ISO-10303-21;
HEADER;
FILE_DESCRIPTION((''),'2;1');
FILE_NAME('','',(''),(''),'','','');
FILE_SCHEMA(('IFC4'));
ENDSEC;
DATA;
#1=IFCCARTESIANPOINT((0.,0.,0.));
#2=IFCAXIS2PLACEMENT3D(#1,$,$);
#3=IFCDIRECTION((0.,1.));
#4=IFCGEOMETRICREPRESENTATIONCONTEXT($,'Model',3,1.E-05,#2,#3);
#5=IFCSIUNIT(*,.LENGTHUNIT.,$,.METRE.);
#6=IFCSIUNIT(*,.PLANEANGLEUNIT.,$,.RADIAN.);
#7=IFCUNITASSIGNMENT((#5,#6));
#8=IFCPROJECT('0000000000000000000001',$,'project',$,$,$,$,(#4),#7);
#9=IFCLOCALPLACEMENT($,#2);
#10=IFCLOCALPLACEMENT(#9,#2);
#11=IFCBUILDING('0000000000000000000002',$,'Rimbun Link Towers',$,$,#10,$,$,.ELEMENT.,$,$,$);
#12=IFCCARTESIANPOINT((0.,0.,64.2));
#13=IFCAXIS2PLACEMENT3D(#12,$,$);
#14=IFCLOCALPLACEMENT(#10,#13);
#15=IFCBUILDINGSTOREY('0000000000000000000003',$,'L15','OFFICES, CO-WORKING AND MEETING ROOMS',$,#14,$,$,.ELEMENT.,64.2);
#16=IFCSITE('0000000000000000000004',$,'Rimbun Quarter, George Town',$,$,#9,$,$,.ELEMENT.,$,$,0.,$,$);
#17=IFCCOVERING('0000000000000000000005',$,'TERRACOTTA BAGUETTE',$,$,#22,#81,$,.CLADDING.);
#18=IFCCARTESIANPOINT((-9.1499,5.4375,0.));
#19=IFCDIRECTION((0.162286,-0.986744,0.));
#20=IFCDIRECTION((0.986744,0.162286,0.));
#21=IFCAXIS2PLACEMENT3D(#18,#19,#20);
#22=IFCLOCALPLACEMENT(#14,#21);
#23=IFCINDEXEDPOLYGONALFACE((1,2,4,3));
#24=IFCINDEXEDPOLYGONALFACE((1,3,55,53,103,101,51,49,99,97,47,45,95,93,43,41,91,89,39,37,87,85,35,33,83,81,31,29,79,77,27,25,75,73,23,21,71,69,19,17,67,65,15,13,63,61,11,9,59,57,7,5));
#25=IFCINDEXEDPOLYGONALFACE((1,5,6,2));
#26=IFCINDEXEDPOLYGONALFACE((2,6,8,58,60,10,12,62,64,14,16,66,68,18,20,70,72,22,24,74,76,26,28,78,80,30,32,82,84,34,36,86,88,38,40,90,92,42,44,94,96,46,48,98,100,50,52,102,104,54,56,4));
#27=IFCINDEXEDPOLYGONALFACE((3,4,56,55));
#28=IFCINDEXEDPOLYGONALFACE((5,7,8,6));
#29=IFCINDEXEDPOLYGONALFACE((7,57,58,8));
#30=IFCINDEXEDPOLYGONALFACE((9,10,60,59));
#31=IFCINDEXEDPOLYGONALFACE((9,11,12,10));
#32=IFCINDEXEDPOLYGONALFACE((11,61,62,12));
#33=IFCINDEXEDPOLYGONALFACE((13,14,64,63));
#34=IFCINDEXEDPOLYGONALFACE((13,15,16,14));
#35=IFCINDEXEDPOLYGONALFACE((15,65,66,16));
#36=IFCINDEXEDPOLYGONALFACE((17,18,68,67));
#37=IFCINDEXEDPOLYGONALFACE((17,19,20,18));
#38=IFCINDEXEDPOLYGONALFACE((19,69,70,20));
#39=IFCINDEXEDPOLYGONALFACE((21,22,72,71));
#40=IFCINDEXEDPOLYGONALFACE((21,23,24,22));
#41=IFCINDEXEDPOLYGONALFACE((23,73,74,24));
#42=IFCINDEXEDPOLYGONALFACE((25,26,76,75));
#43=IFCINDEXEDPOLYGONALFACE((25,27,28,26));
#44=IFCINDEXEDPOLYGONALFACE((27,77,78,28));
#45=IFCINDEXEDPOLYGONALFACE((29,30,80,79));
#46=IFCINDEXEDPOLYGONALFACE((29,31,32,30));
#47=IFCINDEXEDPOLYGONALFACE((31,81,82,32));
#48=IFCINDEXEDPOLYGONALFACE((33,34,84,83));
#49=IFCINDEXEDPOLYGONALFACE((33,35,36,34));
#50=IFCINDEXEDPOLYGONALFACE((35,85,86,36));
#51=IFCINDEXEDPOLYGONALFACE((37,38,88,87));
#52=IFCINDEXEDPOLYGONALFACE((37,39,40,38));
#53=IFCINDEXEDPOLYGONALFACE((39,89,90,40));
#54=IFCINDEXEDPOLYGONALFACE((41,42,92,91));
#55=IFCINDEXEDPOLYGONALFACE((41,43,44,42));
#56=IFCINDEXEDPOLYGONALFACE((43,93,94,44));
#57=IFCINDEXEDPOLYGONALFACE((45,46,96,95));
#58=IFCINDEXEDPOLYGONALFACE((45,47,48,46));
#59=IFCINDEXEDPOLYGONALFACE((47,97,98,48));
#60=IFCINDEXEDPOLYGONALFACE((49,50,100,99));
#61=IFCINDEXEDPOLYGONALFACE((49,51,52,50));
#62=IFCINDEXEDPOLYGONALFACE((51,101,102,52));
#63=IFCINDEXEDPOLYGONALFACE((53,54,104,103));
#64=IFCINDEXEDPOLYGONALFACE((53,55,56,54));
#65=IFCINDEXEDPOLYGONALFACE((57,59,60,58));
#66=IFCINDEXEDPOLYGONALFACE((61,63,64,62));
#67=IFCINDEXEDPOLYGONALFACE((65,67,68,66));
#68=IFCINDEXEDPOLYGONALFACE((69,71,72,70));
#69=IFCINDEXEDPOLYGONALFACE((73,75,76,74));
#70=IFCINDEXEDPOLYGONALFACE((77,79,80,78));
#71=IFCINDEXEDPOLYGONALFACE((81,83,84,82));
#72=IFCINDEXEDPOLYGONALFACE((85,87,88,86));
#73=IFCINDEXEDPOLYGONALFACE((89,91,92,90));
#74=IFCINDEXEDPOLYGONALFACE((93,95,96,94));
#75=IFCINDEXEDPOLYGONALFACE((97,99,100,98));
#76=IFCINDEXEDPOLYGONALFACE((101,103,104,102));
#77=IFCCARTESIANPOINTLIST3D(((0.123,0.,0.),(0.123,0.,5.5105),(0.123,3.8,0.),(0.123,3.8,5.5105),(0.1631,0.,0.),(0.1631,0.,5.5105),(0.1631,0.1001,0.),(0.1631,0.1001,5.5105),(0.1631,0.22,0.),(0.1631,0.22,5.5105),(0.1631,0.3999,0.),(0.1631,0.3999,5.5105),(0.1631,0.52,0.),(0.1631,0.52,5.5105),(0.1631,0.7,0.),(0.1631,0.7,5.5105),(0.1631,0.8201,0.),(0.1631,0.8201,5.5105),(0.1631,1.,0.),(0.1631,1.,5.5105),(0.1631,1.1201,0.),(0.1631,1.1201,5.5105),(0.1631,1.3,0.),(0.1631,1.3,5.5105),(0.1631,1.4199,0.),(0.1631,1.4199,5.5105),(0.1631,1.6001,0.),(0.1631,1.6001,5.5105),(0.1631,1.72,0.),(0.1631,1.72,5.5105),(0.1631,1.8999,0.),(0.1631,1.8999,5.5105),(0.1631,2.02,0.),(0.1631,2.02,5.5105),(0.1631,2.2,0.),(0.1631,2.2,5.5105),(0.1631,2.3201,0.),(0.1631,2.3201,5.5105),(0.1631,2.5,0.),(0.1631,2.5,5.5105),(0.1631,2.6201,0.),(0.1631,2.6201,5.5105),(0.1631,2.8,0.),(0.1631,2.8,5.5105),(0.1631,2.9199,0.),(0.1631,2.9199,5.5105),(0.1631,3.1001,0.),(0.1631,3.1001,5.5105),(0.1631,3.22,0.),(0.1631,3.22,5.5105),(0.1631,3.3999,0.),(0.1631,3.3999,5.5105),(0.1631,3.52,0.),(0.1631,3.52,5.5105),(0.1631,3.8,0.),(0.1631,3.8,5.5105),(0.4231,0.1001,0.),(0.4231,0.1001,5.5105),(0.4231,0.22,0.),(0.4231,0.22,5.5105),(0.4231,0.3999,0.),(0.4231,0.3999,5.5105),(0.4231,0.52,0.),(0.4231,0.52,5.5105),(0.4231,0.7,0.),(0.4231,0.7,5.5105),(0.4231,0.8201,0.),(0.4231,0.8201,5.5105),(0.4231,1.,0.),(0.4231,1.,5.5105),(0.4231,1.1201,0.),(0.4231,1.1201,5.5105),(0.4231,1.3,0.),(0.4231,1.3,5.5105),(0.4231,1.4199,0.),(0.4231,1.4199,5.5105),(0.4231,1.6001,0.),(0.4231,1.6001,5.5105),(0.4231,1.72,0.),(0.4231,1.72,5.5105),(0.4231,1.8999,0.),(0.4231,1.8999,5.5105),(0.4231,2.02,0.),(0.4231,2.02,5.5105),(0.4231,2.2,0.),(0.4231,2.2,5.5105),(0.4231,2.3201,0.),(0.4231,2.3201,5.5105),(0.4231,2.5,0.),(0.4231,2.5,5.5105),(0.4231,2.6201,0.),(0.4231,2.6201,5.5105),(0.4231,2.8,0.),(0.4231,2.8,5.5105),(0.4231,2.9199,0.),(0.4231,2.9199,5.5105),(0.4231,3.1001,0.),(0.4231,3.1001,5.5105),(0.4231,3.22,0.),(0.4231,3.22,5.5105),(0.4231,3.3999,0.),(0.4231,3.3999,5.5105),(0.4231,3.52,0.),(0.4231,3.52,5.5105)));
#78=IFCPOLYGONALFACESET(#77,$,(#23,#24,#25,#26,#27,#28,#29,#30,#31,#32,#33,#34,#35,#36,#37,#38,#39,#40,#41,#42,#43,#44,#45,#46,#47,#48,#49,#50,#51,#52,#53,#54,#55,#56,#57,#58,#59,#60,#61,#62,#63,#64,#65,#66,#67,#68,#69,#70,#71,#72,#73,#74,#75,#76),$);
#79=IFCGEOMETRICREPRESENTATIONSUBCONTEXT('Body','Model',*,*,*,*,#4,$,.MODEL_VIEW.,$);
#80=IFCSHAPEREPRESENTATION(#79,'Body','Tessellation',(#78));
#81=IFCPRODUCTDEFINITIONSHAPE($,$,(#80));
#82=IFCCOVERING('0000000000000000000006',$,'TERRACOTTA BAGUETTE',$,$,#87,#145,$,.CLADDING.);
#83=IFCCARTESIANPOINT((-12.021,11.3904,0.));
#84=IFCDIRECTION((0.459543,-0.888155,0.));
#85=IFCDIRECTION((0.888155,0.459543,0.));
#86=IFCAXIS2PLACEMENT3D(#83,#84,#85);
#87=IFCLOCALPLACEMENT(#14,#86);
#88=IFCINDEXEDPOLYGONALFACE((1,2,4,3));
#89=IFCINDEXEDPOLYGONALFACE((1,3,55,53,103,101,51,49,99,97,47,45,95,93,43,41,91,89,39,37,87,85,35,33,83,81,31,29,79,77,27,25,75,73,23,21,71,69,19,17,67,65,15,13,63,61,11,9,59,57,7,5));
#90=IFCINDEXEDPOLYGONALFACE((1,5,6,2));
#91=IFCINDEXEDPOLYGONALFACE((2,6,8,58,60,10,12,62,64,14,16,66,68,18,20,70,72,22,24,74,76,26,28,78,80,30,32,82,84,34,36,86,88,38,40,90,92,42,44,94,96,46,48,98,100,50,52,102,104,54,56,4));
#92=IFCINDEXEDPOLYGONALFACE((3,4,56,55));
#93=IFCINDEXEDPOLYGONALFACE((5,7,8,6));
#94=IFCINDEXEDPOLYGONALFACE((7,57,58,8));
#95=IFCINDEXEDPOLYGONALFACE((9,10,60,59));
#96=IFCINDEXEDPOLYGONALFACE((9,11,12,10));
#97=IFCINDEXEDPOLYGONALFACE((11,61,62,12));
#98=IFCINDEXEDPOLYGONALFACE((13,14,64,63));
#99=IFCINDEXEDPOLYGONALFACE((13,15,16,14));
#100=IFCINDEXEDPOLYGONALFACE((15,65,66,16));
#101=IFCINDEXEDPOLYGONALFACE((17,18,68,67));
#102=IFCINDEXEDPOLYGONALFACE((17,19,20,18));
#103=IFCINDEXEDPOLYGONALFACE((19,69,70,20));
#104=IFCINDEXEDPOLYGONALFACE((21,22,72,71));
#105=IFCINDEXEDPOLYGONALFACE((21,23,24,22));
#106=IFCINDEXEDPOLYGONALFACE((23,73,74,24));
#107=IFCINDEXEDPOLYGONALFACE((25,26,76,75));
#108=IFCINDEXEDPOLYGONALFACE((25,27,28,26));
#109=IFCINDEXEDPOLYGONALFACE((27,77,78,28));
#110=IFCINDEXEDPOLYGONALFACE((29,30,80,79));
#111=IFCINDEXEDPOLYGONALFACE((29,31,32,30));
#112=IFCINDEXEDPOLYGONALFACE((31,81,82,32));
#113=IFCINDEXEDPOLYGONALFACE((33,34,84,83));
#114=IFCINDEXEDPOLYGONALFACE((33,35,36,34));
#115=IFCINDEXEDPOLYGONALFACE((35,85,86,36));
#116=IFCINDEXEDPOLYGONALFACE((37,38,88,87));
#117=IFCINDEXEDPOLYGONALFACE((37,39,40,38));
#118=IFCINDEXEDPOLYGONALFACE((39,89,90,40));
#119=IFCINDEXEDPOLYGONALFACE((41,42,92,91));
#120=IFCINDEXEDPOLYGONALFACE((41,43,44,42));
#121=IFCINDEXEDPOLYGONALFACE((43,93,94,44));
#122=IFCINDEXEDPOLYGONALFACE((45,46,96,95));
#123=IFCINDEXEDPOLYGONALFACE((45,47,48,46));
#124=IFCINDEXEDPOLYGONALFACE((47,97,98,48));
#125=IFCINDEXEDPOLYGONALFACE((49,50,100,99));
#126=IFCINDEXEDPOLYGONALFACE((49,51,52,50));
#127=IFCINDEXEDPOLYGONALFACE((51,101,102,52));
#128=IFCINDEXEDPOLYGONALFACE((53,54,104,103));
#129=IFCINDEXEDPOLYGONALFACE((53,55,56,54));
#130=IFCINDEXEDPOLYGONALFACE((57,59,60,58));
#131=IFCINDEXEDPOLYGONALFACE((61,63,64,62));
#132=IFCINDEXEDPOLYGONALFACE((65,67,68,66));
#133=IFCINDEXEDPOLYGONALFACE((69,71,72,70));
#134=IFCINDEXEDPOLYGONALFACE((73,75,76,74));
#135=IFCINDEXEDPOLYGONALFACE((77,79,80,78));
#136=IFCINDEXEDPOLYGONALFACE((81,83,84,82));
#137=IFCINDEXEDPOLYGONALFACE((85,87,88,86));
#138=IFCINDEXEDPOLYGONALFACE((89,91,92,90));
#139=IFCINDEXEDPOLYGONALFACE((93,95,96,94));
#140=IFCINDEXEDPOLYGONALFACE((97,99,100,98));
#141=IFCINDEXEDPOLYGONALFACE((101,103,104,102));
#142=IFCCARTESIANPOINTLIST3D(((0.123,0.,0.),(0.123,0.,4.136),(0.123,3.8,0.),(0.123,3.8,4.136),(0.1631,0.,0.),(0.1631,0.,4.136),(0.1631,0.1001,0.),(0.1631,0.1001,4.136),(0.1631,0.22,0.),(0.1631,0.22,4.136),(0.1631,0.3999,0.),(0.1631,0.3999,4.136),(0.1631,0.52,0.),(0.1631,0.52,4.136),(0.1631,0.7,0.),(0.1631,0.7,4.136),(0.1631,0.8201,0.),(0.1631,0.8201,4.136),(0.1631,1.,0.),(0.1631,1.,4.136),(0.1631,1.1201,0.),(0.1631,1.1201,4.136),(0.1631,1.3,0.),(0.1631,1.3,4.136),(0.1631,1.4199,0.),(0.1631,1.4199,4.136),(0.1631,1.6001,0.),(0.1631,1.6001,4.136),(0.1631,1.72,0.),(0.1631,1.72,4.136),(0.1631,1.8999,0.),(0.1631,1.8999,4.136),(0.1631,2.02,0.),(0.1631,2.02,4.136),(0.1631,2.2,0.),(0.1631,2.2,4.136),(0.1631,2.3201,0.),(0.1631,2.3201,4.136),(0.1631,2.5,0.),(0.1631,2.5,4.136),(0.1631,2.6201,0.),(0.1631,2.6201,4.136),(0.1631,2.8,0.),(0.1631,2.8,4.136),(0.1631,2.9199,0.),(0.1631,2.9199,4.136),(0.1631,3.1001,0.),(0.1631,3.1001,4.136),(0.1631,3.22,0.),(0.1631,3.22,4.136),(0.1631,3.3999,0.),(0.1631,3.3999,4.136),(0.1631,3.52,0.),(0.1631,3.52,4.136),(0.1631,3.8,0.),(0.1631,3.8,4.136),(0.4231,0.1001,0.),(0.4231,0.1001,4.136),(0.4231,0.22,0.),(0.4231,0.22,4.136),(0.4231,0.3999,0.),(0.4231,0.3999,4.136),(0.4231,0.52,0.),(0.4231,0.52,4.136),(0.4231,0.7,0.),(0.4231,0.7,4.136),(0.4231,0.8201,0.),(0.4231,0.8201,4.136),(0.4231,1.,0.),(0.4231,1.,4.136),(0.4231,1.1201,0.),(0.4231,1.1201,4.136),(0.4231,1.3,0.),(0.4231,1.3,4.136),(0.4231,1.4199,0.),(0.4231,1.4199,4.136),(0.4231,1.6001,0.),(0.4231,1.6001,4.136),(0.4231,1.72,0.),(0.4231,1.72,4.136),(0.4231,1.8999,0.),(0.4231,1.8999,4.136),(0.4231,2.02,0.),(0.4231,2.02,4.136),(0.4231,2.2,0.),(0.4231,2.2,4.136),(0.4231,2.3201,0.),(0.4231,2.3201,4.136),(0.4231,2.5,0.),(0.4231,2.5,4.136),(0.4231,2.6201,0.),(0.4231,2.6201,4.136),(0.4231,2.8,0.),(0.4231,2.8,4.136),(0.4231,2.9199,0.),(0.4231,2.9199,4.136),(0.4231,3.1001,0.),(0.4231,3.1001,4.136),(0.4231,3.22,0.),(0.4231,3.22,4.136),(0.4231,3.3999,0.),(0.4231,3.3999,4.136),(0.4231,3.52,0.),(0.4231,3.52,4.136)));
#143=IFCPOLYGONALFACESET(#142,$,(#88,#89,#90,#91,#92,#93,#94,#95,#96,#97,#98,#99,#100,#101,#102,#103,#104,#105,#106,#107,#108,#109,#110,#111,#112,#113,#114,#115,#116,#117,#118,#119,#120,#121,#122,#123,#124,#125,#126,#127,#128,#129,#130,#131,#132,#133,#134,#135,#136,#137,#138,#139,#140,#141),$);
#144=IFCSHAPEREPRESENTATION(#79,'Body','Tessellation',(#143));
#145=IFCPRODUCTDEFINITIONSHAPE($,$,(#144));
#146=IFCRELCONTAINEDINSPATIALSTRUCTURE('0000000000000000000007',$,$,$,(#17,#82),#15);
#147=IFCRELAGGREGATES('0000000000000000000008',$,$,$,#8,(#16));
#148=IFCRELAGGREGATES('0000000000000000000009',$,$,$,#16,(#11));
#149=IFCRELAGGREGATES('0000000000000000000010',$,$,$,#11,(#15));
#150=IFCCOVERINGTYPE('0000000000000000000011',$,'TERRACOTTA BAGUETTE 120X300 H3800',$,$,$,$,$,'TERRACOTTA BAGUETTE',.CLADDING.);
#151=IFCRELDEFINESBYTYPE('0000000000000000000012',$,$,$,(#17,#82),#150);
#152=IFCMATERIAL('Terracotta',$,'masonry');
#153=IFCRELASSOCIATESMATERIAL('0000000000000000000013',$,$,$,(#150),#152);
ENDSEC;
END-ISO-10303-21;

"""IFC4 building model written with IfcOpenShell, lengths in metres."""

from ifc_helpers import new_model, si_unit, direction, frame, origin, place, context, subcontext, project, spatial, polyline, outline, extrude, material, material_profile, profile_set, type_object, element, save


model = new_model("IFC4")

# Units and contexts
model_context = context("Model", 3, precision=1e-05, world=origin(), true_north=direction((0.0, 1.0)))
body_context = subcontext(model_context, "Body", "Model", "MODEL_VIEW")
ifc_project = project(units=[si_unit("LENGTHUNIT", "METRE"), si_unit("PLANEANGLEUNIT", "RADIAN")], contexts=[model_context])

# Site, building, storey
site_placement = place(None, origin())
site = spatial("IfcSite", under=ifc_project, at=site_placement, Name="Rimbun Quarter, George Town", CompositionType="ELEMENT", RefElevation=0.0)
building_placement = place(site_placement, origin())
building = spatial("IfcBuilding", under=site, at=building_placement, Name="Rimbun Link Towers", CompositionType="ELEMENT")
storey_placement = place(building_placement, frame((0.0, 0.0, 64.2)))
storey = spatial("IfcBuildingStorey", under=building, at=storey_placement, Name="L15", Description="OFFICES, CO-WORKING AND MEETING ROOMS", CompositionType="ELEMENT", Elevation=64.2)

# Coverings
ifc_material_1 = material(Name="Terracotta", Category="masonry")
ifc_material_profile_1 = material_profile(ifc_material_1, outline(polyline([(0.123, 0.0), (0.1631, 0.0), (0.1631, 0.1001), (0.4231, 0.1001), (0.4231, 0.22), (0.1631, 0.22), (0.1631, 0.3999), (0.4231, 0.3999), (0.4231, 0.52), (0.1631, 0.52), (0.1631, 0.7), (0.4231, 0.7), (0.4231, 0.8201), (0.1631, 0.8201), (0.1631, 1.0), (0.4231, 1.0), (0.4231, 1.1201), (0.1631, 1.1201), (0.1631, 1.3), (0.4231, 1.3), (0.4231, 1.4199), (0.1631, 1.4199), (0.1631, 1.6001), (0.4231, 1.6001), (0.4231, 1.72), (0.1631, 1.72), (0.1631, 1.8999), (0.4231, 1.8999), (0.4231, 2.02), (0.1631, 2.02), (0.1631, 2.2), (0.4231, 2.2), (0.4231, 2.3201), (0.1631, 2.3201), (0.1631, 2.5), (0.4231, 2.5), (0.4231, 2.6201), (0.1631, 2.6201), (0.1631, 2.8), (0.4231, 2.8), (0.4231, 2.9199), (0.1631, 2.9199), (0.1631, 3.1001), (0.4231, 3.1001), (0.4231, 3.22), (0.1631, 3.22), (0.1631, 3.3999), (0.4231, 3.3999), (0.4231, 3.52), (0.1631, 3.52), (0.1631, 3.8), (0.123, 3.8), (0.123, 0.0)])), Name="BAGUETTE 120X300")
ifc_profile_set_1 = profile_set([ifc_material_profile_1], Name="Terracotta")
covering_type_1 = type_object("IfcCoveringType", Name="TERRACOTTA BAGUETTE 120X300 H3800", ElementType="TERRACOTTA BAGUETTE", PredefinedType="CLADDING", material=ifc_profile_set_1)
covering_1_placement = place(storey_placement, frame((-9.1499, 5.4375, 0.0), z_axis=(0.162286, -0.986744, 0.0), x_axis=(0.986744, 0.162286, 0.0)))
element("IfcCovering", 1, at=covering_1_placement, inside=storey, type_object=covering_type_1, Name="TERRACOTTA BAGUETTE", PredefinedType="CLADDING", context=body_context, shape_type="SweptSolid", body=[
    extrude(outline(polyline([(0.123, 0.0), (0.1631, 0.0), (0.1631, 0.1001), (0.4231, 0.1001), (0.4231, 0.22), (0.1631, 0.22), (0.1631, 0.3999), (0.4231, 0.3999), (0.4231, 0.52), (0.1631, 0.52), (0.1631, 0.7), (0.4231, 0.7), (0.4231, 0.8201), (0.1631, 0.8201), (0.1631, 1.0), (0.4231, 1.0), (0.4231, 1.1201), (0.1631, 1.1201), (0.1631, 1.3), (0.4231, 1.3), (0.4231, 1.4199), (0.1631, 1.4199), (0.1631, 1.6001), (0.4231, 1.6001), (0.4231, 1.72), (0.1631, 1.72), (0.1631, 1.8999), (0.4231, 1.8999), (0.4231, 2.02), (0.1631, 2.02), (0.1631, 2.2), (0.4231, 2.2), (0.4231, 2.3201), (0.1631, 2.3201), (0.1631, 2.5), (0.4231, 2.5), (0.4231, 2.6201), (0.1631, 2.6201), (0.1631, 2.8), (0.4231, 2.8), (0.4231, 2.9199), (0.1631, 2.9199), (0.1631, 3.1001), (0.4231, 3.1001), (0.4231, 3.22), (0.1631, 3.22), (0.1631, 3.3999), (0.4231, 3.3999), (0.4231, 3.52), (0.1631, 3.52), (0.1631, 3.8), (0.123, 3.8), (0.123, 0.0)])), origin(), (0.0, 0.0, 1.0), 5.5105),
])
covering_2_placement = place(storey_placement, frame((-12.021, 11.3904, 0.0), z_axis=(0.459543, -0.888155, 0.0), x_axis=(0.888155, 0.459543, 0.0)))
element("IfcCovering", 2, at=covering_2_placement, inside=storey, type_object=covering_type_1, Name="TERRACOTTA BAGUETTE", PredefinedType="CLADDING", context=body_context, shape_type="SweptSolid", body=[
    extrude(outline(polyline([(0.123, 0.0), (0.1631, 0.0), (0.1631, 0.1001), (0.4231, 0.1001), (0.4231, 0.22), (0.1631, 0.22), (0.1631, 0.3999), (0.4231, 0.3999), (0.4231, 0.52), (0.1631, 0.52), (0.1631, 0.7), (0.4231, 0.7), (0.4231, 0.8201), (0.1631, 0.8201), (0.1631, 1.0), (0.4231, 1.0), (0.4231, 1.1201), (0.1631, 1.1201), (0.1631, 1.3), (0.4231, 1.3), (0.4231, 1.4199), (0.1631, 1.4199), (0.1631, 1.6001), (0.4231, 1.6001), (0.4231, 1.72), (0.1631, 1.72), (0.1631, 1.8999), (0.4231, 1.8999), (0.4231, 2.02), (0.1631, 2.02), (0.1631, 2.2), (0.4231, 2.2), (0.4231, 2.3201), (0.1631, 2.3201), (0.1631, 2.5), (0.4231, 2.5), (0.4231, 2.6201), (0.1631, 2.6201), (0.1631, 2.8), (0.4231, 2.8), (0.4231, 2.9199), (0.1631, 2.9199), (0.1631, 3.1001), (0.4231, 3.1001), (0.4231, 3.22), (0.1631, 3.22), (0.1631, 3.3999), (0.4231, 3.3999), (0.4231, 3.52), (0.1631, 3.52), (0.1631, 3.8), (0.123, 3.8), (0.123, 0.0)])), origin(), (0.0, 0.0, 1.0), 4.136),
])

save(model, "model.ifc")
